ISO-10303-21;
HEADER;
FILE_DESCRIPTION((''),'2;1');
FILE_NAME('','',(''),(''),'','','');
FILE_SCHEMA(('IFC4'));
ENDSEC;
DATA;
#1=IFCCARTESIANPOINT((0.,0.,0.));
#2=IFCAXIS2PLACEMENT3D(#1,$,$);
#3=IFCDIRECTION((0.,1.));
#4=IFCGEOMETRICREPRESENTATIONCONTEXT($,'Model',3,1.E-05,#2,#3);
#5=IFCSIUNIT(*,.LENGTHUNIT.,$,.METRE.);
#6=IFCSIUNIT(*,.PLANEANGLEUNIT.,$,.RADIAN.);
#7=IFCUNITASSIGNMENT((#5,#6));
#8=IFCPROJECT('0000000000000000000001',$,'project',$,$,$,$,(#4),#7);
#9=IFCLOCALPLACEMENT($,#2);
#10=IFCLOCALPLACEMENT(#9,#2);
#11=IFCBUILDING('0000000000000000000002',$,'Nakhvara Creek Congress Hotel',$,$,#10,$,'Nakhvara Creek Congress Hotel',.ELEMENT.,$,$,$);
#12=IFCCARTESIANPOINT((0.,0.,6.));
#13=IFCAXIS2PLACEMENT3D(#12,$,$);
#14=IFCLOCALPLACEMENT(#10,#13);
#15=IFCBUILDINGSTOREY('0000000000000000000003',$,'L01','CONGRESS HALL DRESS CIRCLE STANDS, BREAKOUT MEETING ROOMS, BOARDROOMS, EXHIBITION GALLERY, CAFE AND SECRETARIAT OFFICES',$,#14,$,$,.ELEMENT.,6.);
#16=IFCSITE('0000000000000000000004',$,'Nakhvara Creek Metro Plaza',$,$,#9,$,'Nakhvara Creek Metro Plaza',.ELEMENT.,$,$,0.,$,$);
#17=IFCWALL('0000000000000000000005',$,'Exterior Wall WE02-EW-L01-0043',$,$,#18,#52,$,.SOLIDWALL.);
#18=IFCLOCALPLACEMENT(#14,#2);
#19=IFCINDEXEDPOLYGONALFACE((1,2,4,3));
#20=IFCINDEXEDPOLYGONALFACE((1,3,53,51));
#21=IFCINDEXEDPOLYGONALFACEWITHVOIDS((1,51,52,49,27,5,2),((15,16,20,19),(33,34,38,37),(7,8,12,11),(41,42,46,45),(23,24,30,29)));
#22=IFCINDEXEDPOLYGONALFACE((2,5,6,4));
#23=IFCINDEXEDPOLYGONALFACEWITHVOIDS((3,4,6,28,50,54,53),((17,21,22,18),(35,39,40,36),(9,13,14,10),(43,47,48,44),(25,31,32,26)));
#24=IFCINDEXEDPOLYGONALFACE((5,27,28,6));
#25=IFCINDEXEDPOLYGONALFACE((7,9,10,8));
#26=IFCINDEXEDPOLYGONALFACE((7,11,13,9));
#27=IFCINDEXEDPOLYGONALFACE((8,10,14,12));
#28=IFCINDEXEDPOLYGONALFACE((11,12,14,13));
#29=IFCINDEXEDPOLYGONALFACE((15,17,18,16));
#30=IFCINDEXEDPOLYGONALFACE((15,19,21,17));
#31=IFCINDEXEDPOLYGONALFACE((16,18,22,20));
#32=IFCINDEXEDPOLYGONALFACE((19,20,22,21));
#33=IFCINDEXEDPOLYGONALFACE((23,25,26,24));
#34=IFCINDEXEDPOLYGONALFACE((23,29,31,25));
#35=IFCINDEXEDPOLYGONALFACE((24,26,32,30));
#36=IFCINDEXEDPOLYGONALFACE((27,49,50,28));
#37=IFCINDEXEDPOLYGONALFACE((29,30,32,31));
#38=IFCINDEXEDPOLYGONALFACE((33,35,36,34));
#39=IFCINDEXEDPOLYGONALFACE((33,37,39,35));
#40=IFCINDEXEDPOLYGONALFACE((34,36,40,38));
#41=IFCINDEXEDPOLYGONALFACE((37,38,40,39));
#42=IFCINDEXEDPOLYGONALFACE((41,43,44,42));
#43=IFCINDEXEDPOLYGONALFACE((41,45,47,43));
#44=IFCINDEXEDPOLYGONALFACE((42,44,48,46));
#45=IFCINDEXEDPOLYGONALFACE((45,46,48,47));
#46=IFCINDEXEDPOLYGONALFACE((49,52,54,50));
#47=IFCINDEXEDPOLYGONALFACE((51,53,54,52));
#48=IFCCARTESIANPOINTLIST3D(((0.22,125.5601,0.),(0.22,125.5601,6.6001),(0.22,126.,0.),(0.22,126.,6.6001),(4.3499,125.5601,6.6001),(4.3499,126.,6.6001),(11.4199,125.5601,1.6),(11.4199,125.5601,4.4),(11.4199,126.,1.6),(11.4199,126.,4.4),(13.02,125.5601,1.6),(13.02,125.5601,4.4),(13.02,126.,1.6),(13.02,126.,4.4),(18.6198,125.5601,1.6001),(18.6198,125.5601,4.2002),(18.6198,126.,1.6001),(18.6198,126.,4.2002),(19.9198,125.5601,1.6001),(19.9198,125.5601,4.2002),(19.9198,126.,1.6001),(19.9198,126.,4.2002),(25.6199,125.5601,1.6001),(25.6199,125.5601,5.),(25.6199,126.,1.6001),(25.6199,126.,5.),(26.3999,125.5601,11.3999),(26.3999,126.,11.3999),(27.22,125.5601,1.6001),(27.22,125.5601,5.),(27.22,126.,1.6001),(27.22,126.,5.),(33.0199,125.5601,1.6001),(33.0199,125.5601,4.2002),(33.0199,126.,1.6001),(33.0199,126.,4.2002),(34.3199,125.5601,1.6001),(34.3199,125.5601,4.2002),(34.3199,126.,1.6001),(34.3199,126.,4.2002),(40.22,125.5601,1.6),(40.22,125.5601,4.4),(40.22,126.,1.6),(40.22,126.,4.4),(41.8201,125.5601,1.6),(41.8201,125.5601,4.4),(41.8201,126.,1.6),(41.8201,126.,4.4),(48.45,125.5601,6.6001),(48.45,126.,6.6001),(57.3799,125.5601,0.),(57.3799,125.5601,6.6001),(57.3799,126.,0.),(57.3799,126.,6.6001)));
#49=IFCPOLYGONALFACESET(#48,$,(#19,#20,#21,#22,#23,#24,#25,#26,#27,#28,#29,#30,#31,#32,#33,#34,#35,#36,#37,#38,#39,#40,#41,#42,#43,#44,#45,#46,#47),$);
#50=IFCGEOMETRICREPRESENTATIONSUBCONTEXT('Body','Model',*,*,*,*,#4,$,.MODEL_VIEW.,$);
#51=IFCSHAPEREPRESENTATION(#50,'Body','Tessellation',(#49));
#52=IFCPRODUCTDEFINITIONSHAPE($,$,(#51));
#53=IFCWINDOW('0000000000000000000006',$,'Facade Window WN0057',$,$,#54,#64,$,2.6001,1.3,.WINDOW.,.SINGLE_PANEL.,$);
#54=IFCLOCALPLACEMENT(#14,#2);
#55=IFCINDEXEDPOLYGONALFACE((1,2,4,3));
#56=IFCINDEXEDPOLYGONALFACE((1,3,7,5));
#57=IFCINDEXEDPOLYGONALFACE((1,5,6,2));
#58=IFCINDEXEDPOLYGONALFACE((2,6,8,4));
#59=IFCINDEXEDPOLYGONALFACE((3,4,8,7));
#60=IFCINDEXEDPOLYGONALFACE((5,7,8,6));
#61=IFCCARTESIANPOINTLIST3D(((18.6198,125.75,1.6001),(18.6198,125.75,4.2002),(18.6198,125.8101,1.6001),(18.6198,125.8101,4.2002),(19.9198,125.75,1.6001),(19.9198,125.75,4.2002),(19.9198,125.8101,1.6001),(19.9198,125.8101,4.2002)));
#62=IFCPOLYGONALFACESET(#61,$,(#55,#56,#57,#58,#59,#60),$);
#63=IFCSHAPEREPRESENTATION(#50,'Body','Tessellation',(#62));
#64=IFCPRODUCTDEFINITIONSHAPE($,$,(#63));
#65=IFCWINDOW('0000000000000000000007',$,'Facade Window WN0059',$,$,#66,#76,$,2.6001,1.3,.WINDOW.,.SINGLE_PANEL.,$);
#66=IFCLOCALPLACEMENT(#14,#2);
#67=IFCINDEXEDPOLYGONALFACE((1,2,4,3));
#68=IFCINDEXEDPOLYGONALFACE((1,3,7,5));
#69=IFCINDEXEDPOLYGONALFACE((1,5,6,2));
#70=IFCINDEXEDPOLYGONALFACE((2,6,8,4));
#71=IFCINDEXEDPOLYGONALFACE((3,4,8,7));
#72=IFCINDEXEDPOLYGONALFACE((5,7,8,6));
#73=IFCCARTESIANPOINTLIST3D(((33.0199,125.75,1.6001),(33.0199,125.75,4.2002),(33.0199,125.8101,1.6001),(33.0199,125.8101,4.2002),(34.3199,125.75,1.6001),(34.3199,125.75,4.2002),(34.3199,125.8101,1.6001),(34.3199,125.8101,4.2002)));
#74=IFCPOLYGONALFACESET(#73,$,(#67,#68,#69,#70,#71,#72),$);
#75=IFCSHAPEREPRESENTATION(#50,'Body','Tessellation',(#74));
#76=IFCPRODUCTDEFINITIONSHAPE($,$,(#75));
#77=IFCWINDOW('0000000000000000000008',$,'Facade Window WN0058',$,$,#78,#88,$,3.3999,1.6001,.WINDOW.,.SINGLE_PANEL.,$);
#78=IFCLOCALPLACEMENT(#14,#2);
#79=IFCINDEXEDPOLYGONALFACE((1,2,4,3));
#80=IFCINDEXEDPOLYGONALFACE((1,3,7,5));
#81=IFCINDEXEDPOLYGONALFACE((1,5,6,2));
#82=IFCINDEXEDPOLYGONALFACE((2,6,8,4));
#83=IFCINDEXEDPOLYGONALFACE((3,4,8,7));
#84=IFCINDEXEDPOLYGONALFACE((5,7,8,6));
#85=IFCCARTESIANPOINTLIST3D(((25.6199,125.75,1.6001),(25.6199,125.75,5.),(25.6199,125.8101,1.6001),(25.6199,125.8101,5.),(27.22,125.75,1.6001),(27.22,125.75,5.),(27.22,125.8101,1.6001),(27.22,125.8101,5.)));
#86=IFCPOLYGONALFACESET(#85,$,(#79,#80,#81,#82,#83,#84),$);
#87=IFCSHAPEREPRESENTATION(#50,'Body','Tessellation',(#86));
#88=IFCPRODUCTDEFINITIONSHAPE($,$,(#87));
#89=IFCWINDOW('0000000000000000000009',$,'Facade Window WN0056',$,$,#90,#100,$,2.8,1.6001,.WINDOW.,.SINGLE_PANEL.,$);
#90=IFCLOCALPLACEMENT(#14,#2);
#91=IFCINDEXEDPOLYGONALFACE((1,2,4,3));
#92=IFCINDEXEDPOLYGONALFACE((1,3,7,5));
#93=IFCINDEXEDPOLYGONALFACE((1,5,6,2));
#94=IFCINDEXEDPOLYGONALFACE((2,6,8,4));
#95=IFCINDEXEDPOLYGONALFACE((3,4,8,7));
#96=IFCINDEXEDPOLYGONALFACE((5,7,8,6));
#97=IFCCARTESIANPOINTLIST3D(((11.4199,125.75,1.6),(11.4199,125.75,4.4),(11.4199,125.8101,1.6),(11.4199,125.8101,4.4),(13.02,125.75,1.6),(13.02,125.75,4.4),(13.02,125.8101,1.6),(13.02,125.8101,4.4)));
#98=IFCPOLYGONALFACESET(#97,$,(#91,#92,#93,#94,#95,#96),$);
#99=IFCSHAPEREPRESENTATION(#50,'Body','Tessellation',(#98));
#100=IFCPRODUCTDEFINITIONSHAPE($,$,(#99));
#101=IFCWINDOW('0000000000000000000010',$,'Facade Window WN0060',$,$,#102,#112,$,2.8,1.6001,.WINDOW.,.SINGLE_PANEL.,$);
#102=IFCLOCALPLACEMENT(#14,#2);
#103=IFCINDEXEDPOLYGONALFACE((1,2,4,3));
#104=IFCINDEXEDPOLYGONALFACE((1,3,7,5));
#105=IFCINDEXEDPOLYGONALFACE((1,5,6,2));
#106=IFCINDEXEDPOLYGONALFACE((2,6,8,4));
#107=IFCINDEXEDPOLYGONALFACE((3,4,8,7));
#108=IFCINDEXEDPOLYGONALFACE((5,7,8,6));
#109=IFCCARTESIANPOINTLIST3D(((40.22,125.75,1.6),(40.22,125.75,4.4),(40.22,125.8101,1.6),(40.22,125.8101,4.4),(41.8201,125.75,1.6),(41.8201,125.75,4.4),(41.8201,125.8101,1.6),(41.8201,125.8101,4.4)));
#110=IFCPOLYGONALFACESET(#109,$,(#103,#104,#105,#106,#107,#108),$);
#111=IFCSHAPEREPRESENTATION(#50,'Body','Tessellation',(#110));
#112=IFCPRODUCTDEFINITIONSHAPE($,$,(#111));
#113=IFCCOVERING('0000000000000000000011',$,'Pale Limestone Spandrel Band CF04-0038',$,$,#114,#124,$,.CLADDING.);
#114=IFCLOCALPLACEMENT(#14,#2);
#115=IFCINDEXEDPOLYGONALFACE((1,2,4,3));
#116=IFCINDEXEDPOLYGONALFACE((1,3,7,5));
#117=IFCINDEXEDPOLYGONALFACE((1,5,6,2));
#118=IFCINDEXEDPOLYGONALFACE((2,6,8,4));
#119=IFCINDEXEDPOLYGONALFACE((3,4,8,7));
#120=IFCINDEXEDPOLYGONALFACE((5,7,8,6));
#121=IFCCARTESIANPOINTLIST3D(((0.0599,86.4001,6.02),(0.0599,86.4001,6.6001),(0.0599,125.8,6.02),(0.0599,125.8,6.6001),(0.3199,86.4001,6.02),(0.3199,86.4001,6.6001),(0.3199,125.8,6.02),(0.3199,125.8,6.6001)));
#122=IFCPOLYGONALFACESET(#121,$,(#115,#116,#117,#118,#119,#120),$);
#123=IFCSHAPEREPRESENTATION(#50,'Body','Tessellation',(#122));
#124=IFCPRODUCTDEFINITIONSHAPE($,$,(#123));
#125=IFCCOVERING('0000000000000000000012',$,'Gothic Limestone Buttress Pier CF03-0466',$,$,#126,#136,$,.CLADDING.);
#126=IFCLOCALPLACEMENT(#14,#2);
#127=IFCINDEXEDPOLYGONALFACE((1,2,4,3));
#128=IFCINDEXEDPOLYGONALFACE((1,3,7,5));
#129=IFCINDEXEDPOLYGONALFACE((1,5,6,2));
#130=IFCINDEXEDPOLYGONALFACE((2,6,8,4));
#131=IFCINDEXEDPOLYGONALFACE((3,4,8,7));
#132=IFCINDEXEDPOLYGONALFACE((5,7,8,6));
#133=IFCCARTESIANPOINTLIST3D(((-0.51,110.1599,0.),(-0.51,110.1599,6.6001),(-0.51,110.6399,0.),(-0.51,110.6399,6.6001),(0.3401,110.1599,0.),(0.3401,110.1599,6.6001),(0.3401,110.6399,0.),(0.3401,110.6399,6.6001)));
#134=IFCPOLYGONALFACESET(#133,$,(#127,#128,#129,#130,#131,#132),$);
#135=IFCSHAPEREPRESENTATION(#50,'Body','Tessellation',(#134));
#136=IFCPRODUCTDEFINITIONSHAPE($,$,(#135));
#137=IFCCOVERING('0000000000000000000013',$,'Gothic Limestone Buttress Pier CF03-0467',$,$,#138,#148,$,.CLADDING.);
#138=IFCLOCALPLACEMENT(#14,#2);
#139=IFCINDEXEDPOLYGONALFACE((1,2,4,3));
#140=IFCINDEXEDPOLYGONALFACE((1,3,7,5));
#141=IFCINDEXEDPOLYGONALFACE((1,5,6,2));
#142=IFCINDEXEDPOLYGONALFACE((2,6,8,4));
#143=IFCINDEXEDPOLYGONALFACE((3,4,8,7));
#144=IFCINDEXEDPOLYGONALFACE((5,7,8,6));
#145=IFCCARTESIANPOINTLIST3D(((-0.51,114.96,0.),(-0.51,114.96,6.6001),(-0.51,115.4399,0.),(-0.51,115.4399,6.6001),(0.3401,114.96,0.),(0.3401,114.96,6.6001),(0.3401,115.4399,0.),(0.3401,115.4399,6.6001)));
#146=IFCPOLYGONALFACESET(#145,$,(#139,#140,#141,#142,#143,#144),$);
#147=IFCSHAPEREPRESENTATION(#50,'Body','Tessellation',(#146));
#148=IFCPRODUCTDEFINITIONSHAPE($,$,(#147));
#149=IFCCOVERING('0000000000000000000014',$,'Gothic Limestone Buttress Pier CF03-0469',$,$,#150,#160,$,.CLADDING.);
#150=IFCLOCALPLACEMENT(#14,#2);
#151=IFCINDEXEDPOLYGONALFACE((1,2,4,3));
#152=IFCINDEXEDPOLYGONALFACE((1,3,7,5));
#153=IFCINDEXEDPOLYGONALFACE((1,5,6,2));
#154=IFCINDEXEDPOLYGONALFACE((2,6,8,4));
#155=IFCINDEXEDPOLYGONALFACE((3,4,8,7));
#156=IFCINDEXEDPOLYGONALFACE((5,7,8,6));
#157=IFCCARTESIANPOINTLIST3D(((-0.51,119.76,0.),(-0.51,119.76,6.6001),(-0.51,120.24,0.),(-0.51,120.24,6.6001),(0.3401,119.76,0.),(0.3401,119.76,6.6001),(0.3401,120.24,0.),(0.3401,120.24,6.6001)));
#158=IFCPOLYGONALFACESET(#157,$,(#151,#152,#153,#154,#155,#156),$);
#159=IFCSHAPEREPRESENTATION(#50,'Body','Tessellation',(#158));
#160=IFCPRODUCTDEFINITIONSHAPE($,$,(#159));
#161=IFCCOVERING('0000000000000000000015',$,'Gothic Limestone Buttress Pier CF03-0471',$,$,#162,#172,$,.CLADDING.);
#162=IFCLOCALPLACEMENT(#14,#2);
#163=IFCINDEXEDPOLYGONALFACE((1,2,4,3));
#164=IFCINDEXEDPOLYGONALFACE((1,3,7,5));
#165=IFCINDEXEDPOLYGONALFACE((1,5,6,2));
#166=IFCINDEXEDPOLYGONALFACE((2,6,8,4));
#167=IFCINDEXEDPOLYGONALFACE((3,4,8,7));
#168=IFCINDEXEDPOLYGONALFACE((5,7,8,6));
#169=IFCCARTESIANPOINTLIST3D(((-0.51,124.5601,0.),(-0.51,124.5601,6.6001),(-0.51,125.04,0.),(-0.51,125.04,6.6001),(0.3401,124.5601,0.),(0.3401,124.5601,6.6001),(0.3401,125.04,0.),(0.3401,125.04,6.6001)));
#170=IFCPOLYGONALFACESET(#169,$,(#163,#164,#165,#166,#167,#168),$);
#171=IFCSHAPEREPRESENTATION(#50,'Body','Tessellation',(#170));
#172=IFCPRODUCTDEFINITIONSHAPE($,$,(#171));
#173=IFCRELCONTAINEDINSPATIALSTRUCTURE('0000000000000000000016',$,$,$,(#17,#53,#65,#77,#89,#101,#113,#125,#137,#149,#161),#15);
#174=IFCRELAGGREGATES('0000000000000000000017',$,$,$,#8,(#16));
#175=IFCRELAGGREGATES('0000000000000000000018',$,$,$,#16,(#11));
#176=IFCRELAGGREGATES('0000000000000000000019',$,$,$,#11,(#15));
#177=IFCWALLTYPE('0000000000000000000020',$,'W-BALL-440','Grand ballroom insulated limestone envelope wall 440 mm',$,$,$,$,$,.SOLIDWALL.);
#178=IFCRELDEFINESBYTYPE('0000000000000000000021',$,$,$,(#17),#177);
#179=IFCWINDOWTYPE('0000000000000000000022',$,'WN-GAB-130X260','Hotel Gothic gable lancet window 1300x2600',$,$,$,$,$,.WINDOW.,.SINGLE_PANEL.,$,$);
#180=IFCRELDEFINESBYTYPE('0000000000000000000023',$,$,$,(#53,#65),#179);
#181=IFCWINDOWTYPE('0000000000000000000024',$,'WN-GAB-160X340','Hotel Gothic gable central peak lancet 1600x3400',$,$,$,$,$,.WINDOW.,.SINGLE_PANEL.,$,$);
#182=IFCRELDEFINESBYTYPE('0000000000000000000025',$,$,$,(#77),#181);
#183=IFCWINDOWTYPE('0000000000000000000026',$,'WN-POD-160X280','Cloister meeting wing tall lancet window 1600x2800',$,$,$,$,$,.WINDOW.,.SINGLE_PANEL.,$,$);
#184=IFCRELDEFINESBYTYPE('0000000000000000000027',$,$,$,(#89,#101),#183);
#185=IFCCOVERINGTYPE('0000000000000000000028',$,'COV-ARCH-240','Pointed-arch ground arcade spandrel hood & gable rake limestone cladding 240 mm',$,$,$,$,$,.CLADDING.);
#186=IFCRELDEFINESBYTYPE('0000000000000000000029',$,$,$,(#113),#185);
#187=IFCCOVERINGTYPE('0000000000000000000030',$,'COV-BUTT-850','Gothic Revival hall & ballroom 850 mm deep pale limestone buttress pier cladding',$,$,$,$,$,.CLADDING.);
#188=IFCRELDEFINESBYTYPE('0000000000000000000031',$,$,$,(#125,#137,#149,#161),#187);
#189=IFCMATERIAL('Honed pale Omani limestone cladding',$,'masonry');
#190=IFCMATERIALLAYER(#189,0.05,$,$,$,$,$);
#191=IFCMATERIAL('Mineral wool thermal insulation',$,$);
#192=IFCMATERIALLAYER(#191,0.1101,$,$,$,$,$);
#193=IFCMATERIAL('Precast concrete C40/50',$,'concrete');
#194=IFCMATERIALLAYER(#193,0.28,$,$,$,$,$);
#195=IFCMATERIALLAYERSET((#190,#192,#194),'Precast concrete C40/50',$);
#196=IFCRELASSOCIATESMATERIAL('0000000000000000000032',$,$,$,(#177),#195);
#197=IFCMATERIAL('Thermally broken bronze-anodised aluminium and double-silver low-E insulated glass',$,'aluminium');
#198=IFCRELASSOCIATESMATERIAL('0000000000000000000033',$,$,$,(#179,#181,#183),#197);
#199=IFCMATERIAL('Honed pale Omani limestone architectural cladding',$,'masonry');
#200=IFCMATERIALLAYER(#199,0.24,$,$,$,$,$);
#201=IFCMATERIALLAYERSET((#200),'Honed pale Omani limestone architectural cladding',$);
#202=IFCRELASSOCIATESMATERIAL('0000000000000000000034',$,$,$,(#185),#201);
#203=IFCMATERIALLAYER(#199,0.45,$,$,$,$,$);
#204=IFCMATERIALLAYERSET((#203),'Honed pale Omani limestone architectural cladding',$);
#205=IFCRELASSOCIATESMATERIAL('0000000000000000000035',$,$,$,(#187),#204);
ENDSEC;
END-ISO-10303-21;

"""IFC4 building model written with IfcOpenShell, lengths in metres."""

from ifc_helpers import new_model, si_unit, direction, frame, frame_2d, origin, origin_2d, place, context, subcontext, project, spatial, polyline, rectangle, outline, extrude, material, layer, layer_set, type_object, element, fill, save


model = new_model("IFC4")

# Units and contexts
model_context = context("Model", 3, precision=1e-05, world=origin(), true_north=direction((0.0, 1.0)))
body_context = subcontext(model_context, "Body", "Model", "MODEL_VIEW")
ifc_project = project(units=[si_unit("LENGTHUNIT", "METRE"), si_unit("PLANEANGLEUNIT", "RADIAN")], contexts=[model_context])

# Site, building, storey
site_placement = place(None, origin())
site = spatial("IfcSite", under=ifc_project, at=site_placement, Name="Nakhvara Creek Metro Plaza", LongName="Nakhvara Creek Metro Plaza", CompositionType="ELEMENT", RefElevation=0.0)
building_placement = place(site_placement, origin())
building = spatial("IfcBuilding", under=site, at=building_placement, Name="Nakhvara Creek Congress Hotel", LongName="Nakhvara Creek Congress Hotel", CompositionType="ELEMENT")
storey_placement = place(building_placement, frame((0.0, 0.0, 6.0)))
storey = spatial("IfcBuildingStorey", under=building, at=storey_placement, Name="L01", Description="CONGRESS HALL DRESS CIRCLE STANDS, BREAKOUT MEETING ROOMS, BOARDROOMS, EXHIBITION GALLERY, CAFE AND SECRETARIAT OFFICES", CompositionType="ELEMENT", Elevation=6.0)

# Wall, openings, windows
ifc_material_1 = material(Name="Honed pale Omani limestone cladding", Category="masonry")
ifc_layer_1 = layer(ifc_material_1, 0.05)
ifc_material_2 = material(Name="Mineral wool thermal insulation")
ifc_layer_2 = layer(ifc_material_2, 0.1101)
ifc_material_3 = material(Name="Precast concrete C40/50", Category="concrete")
ifc_layer_3 = layer(ifc_material_3, 0.28)
ifc_layer_set_1 = layer_set([ifc_layer_1, ifc_layer_2, ifc_layer_3], Name="Precast concrete C40/50")
wall_type = type_object("IfcWallType", Name="W-BALL-440", Description="Grand ballroom insulated limestone envelope wall 440 mm", PredefinedType="SOLIDWALL", material=ifc_layer_set_1)
wall_placement = place(storey_placement, frame((0.22, 125.78, 0.0), z_axis=(0.0, 0.0, 1.0), x_axis=(1.0, 0.0, 0.0)))
wall = element("IfcWall", 1, at=wall_placement, inside=storey, type_object=wall_type, Name="Exterior Wall WE02-EW-L01-0043", PredefinedType="SOLIDWALL", context=body_context, shape_type="SweptSolid", body=[
    extrude(outline(polyline([(0.0, 0.0), (57.1599, 0.0), (57.1599, 6.6001), (48.23, 6.6001), (26.1799, 11.3999), (4.1299, 6.6001), (0.0, 6.6001), (0.0, 0.0)])), frame((0.0, 0.22, 0.0), z_axis=(0.0, -1.0, 0.0), x_axis=(1.0, 0.0, 0.0)), (0.0, 0.0, 1.0), 0.4399),
])
opening_1_placement = place(wall_placement, frame((11.2, 0.0, 1.6001)))
opening_1 = element("IfcOpeningElement", 2, at=opening_1_placement, cuts=wall, PredefinedType="OPENING", context=body_context, shape_type="SweptSolid", body=[
    extrude(rectangle(XDim=1.6001, YDim=2.8, at=frame_2d((0.8, 1.3999))), frame((0.0, 0.2319, 0.0), z_axis=(0.0, -1.0, 0.0), x_axis=(1.0, 0.0, 0.0)), (0.0, 0.0, 1.0), 0.4639),
])
opening_2_placement = place(wall_placement, frame((18.3999, 0.0, 1.6001)))
opening_2 = element("IfcOpeningElement", 3, at=opening_2_placement, cuts=wall, PredefinedType="OPENING", context=body_context, shape_type="SweptSolid", body=[
    extrude(rectangle(XDim=1.3, YDim=2.6001, at=frame_2d((0.6499, 1.3))), frame((0.0, 0.2319, 0.0), z_axis=(0.0, -1.0, 0.0), x_axis=(1.0, 0.0, 0.0)), (0.0, 0.0, 1.0), 0.4639),
])
opening_3_placement = place(wall_placement, frame((25.3999, 0.0, 1.6001)))
opening_3 = element("IfcOpeningElement", 4, at=opening_3_placement, cuts=wall, PredefinedType="OPENING", context=body_context, shape_type="SweptSolid", body=[
    extrude(rectangle(XDim=1.6001, YDim=3.3999, at=frame_2d((0.8, 1.7))), frame((0.0, 0.2319, 0.0), z_axis=(0.0, -1.0, 0.0), x_axis=(1.0, 0.0, 0.0)), (0.0, 0.0, 1.0), 0.4639),
])
opening_4_placement = place(wall_placement, frame((32.8, 0.0, 1.6001)))
opening_4 = element("IfcOpeningElement", 5, at=opening_4_placement, cuts=wall, PredefinedType="OPENING", context=body_context, shape_type="SweptSolid", body=[
    extrude(rectangle(XDim=1.3, YDim=2.6001, at=frame_2d((0.6499, 1.3))), frame((0.0, 0.2319, 0.0), z_axis=(0.0, -1.0, 0.0), x_axis=(1.0, 0.0, 0.0)), (0.0, 0.0, 1.0), 0.4639),
])
opening_5_placement = place(wall_placement, frame((40.0, 0.0, 1.6001)))
opening_5 = element("IfcOpeningElement", 6, at=opening_5_placement, cuts=wall, PredefinedType="OPENING", context=body_context, shape_type="SweptSolid", body=[
    extrude(rectangle(XDim=1.6001, YDim=2.8, at=frame_2d((0.8, 1.3999))), frame((0.0, 0.2319, 0.0), z_axis=(0.0, -1.0, 0.0), x_axis=(1.0, 0.0, 0.0)), (0.0, 0.0, 1.0), 0.4639),
])
ifc_material_4 = material(Name="Thermally broken bronze-anodised aluminium and double-silver low-E insulated glass", Category="aluminium")
window_type_1 = type_object("IfcWindowType", Name="WN-GAB-130X260", Description="Hotel Gothic gable lancet window 1300x2600", PartitioningType="SINGLE_PANEL", PredefinedType="WINDOW", material=ifc_material_4)
window_1_placement = place(opening_2_placement, origin())
window_1 = element("IfcWindow", 7, at=window_1_placement, inside=storey, type_object=window_type_1, Name="Facade Window WN0057", OverallHeight=2.6001, OverallWidth=1.3, PartitioningType="SINGLE_PANEL", PredefinedType="WINDOW", context=body_context, shape_type="SweptSolid", body=[
    extrude(rectangle(XDim=1.3, YDim=2.6001, at=frame_2d((0.6499, 1.3))), frame((0.0, 0.03, 0.0), z_axis=(0.0, -1.0, 0.0), x_axis=(1.0, 0.0, 0.0)), (0.0, 0.0, 1.0), 0.0601),
])
fill(opening_2, window_1)
window_2_placement = place(opening_4_placement, origin())
window_2 = element("IfcWindow", 8, at=window_2_placement, inside=storey, type_object=window_type_1, Name="Facade Window WN0059", OverallHeight=2.6001, OverallWidth=1.3, PartitioningType="SINGLE_PANEL", PredefinedType="WINDOW", context=body_context, shape_type="SweptSolid", body=[
    extrude(rectangle(XDim=1.3, YDim=2.6001, at=frame_2d((0.6499, 1.3))), frame((0.0, 0.03, 0.0), z_axis=(0.0, -1.0, 0.0), x_axis=(1.0, 0.0, 0.0)), (0.0, 0.0, 1.0), 0.0601),
])
fill(opening_4, window_2)
window_type_2 = type_object("IfcWindowType", Name="WN-GAB-160X340", Description="Hotel Gothic gable central peak lancet 1600x3400", PartitioningType="SINGLE_PANEL", PredefinedType="WINDOW", material=ifc_material_4)
window_3_placement = place(opening_3_placement, origin())
window_3 = element("IfcWindow", 9, at=window_3_placement, inside=storey, type_object=window_type_2, Name="Facade Window WN0058", OverallHeight=3.3999, OverallWidth=1.6001, PartitioningType="SINGLE_PANEL", PredefinedType="WINDOW", context=body_context, shape_type="SweptSolid", body=[
    extrude(rectangle(XDim=1.6001, YDim=3.3999, at=frame_2d((0.8, 1.7))), frame((0.0, 0.03, 0.0), z_axis=(0.0, -1.0, 0.0), x_axis=(1.0, 0.0, 0.0)), (0.0, 0.0, 1.0), 0.0601),
])
fill(opening_3, window_3)
window_type_3 = type_object("IfcWindowType", Name="WN-POD-160X280", Description="Cloister meeting wing tall lancet window 1600x2800", PartitioningType="SINGLE_PANEL", PredefinedType="WINDOW", material=ifc_material_4)
window_4_placement = place(opening_1_placement, origin())
window_4 = element("IfcWindow", 10, at=window_4_placement, inside=storey, type_object=window_type_3, Name="Facade Window WN0056", OverallHeight=2.8, OverallWidth=1.6001, PartitioningType="SINGLE_PANEL", PredefinedType="WINDOW", context=body_context, shape_type="SweptSolid", body=[
    extrude(rectangle(XDim=1.6001, YDim=2.8, at=frame_2d((0.8, 1.3999))), frame((0.0, 0.03, 0.0), z_axis=(0.0, -1.0, 0.0), x_axis=(1.0, 0.0, 0.0)), (0.0, 0.0, 1.0), 0.0601),
])
fill(opening_1, window_4)
window_5_placement = place(opening_5_placement, origin())
window_5 = element("IfcWindow", 11, at=window_5_placement, inside=storey, type_object=window_type_3, Name="Facade Window WN0060", OverallHeight=2.8, OverallWidth=1.6001, PartitioningType="SINGLE_PANEL", PredefinedType="WINDOW", context=body_context, shape_type="SweptSolid", body=[
    extrude(rectangle(XDim=1.6001, YDim=2.8, at=frame_2d((0.8, 1.3999))), frame((0.0, 0.03, 0.0), z_axis=(0.0, -1.0, 0.0), x_axis=(1.0, 0.0, 0.0)), (0.0, 0.0, 1.0), 0.0601),
])
fill(opening_5, window_5)

# Coverings
ifc_material_5 = material(Name="Honed pale Omani limestone architectural cladding", Category="masonry")
ifc_layer_4 = layer(ifc_material_5, 0.24)
ifc_layer_set_2 = layer_set([ifc_layer_4], Name="Honed pale Omani limestone architectural cladding")
covering_type_1 = type_object("IfcCoveringType", Name="COV-ARCH-240", Description="Pointed-arch ground arcade spandrel hood & gable rake limestone cladding 240 mm", PredefinedType="CLADDING", material=ifc_layer_set_2)
covering_1_placement = place(storey_placement, frame((0.1899, 106.1001, 6.02), z_axis=(0.0, 0.0, 1.0), x_axis=(0.0, 1.0, 0.0)))
element("IfcCovering", 12, at=covering_1_placement, inside=storey, type_object=covering_type_1, Name="Pale Limestone Spandrel Band CF04-0038", PredefinedType="CLADDING", context=body_context, shape_type="SweptSolid", body=[
    extrude(rectangle(XDim=39.3999, YDim=0.26, at=origin_2d()), origin(), (0.0, 0.0, 1.0), 0.5801),
])
ifc_layer_5 = layer(ifc_material_5, 0.45)
ifc_layer_set_3 = layer_set([ifc_layer_5], Name="Honed pale Omani limestone architectural cladding")
covering_type_2 = type_object("IfcCoveringType", Name="COV-BUTT-850", Description="Gothic Revival hall & ballroom 850 mm deep pale limestone buttress pier cladding", PredefinedType="CLADDING", material=ifc_layer_set_3)
for number, where, z_axis, x_axis, name in (
    (13, (-0.085, 110.3999, 0.0), (0.0, 0.0, 1.0), (0.0, 1.0, 0.0), "Gothic Limestone Buttress Pier CF03-0466"),
    (14, (-0.085, 115.2, 0.0), (0.0, 0.0, 1.0), (0.0, 1.0, 0.0), "Gothic Limestone Buttress Pier CF03-0467"),
    (15, (-0.085, 120.0, 0.0), (0.0, 0.0, 1.0), (0.0, 1.0, 0.0), "Gothic Limestone Buttress Pier CF03-0469"),
    (16, (-0.085, 124.8, 0.0), (0.0, 0.0, 1.0), (0.0, 1.0, 0.0), "Gothic Limestone Buttress Pier CF03-0471"),
):
    element("IfcCovering", number, at=place(storey_placement, frame(where, z_axis=z_axis, x_axis=x_axis)), inside=storey, type_object=covering_type_2, Name=name, PredefinedType="CLADDING", context=body_context, shape_type="SweptSolid", body=[
        extrude(rectangle(XDim=0.48, YDim=0.8501, at=origin_2d()), origin(), (0.0, 0.0, 1.0), 6.6001),
    ])

save(model, "model.ifc")
